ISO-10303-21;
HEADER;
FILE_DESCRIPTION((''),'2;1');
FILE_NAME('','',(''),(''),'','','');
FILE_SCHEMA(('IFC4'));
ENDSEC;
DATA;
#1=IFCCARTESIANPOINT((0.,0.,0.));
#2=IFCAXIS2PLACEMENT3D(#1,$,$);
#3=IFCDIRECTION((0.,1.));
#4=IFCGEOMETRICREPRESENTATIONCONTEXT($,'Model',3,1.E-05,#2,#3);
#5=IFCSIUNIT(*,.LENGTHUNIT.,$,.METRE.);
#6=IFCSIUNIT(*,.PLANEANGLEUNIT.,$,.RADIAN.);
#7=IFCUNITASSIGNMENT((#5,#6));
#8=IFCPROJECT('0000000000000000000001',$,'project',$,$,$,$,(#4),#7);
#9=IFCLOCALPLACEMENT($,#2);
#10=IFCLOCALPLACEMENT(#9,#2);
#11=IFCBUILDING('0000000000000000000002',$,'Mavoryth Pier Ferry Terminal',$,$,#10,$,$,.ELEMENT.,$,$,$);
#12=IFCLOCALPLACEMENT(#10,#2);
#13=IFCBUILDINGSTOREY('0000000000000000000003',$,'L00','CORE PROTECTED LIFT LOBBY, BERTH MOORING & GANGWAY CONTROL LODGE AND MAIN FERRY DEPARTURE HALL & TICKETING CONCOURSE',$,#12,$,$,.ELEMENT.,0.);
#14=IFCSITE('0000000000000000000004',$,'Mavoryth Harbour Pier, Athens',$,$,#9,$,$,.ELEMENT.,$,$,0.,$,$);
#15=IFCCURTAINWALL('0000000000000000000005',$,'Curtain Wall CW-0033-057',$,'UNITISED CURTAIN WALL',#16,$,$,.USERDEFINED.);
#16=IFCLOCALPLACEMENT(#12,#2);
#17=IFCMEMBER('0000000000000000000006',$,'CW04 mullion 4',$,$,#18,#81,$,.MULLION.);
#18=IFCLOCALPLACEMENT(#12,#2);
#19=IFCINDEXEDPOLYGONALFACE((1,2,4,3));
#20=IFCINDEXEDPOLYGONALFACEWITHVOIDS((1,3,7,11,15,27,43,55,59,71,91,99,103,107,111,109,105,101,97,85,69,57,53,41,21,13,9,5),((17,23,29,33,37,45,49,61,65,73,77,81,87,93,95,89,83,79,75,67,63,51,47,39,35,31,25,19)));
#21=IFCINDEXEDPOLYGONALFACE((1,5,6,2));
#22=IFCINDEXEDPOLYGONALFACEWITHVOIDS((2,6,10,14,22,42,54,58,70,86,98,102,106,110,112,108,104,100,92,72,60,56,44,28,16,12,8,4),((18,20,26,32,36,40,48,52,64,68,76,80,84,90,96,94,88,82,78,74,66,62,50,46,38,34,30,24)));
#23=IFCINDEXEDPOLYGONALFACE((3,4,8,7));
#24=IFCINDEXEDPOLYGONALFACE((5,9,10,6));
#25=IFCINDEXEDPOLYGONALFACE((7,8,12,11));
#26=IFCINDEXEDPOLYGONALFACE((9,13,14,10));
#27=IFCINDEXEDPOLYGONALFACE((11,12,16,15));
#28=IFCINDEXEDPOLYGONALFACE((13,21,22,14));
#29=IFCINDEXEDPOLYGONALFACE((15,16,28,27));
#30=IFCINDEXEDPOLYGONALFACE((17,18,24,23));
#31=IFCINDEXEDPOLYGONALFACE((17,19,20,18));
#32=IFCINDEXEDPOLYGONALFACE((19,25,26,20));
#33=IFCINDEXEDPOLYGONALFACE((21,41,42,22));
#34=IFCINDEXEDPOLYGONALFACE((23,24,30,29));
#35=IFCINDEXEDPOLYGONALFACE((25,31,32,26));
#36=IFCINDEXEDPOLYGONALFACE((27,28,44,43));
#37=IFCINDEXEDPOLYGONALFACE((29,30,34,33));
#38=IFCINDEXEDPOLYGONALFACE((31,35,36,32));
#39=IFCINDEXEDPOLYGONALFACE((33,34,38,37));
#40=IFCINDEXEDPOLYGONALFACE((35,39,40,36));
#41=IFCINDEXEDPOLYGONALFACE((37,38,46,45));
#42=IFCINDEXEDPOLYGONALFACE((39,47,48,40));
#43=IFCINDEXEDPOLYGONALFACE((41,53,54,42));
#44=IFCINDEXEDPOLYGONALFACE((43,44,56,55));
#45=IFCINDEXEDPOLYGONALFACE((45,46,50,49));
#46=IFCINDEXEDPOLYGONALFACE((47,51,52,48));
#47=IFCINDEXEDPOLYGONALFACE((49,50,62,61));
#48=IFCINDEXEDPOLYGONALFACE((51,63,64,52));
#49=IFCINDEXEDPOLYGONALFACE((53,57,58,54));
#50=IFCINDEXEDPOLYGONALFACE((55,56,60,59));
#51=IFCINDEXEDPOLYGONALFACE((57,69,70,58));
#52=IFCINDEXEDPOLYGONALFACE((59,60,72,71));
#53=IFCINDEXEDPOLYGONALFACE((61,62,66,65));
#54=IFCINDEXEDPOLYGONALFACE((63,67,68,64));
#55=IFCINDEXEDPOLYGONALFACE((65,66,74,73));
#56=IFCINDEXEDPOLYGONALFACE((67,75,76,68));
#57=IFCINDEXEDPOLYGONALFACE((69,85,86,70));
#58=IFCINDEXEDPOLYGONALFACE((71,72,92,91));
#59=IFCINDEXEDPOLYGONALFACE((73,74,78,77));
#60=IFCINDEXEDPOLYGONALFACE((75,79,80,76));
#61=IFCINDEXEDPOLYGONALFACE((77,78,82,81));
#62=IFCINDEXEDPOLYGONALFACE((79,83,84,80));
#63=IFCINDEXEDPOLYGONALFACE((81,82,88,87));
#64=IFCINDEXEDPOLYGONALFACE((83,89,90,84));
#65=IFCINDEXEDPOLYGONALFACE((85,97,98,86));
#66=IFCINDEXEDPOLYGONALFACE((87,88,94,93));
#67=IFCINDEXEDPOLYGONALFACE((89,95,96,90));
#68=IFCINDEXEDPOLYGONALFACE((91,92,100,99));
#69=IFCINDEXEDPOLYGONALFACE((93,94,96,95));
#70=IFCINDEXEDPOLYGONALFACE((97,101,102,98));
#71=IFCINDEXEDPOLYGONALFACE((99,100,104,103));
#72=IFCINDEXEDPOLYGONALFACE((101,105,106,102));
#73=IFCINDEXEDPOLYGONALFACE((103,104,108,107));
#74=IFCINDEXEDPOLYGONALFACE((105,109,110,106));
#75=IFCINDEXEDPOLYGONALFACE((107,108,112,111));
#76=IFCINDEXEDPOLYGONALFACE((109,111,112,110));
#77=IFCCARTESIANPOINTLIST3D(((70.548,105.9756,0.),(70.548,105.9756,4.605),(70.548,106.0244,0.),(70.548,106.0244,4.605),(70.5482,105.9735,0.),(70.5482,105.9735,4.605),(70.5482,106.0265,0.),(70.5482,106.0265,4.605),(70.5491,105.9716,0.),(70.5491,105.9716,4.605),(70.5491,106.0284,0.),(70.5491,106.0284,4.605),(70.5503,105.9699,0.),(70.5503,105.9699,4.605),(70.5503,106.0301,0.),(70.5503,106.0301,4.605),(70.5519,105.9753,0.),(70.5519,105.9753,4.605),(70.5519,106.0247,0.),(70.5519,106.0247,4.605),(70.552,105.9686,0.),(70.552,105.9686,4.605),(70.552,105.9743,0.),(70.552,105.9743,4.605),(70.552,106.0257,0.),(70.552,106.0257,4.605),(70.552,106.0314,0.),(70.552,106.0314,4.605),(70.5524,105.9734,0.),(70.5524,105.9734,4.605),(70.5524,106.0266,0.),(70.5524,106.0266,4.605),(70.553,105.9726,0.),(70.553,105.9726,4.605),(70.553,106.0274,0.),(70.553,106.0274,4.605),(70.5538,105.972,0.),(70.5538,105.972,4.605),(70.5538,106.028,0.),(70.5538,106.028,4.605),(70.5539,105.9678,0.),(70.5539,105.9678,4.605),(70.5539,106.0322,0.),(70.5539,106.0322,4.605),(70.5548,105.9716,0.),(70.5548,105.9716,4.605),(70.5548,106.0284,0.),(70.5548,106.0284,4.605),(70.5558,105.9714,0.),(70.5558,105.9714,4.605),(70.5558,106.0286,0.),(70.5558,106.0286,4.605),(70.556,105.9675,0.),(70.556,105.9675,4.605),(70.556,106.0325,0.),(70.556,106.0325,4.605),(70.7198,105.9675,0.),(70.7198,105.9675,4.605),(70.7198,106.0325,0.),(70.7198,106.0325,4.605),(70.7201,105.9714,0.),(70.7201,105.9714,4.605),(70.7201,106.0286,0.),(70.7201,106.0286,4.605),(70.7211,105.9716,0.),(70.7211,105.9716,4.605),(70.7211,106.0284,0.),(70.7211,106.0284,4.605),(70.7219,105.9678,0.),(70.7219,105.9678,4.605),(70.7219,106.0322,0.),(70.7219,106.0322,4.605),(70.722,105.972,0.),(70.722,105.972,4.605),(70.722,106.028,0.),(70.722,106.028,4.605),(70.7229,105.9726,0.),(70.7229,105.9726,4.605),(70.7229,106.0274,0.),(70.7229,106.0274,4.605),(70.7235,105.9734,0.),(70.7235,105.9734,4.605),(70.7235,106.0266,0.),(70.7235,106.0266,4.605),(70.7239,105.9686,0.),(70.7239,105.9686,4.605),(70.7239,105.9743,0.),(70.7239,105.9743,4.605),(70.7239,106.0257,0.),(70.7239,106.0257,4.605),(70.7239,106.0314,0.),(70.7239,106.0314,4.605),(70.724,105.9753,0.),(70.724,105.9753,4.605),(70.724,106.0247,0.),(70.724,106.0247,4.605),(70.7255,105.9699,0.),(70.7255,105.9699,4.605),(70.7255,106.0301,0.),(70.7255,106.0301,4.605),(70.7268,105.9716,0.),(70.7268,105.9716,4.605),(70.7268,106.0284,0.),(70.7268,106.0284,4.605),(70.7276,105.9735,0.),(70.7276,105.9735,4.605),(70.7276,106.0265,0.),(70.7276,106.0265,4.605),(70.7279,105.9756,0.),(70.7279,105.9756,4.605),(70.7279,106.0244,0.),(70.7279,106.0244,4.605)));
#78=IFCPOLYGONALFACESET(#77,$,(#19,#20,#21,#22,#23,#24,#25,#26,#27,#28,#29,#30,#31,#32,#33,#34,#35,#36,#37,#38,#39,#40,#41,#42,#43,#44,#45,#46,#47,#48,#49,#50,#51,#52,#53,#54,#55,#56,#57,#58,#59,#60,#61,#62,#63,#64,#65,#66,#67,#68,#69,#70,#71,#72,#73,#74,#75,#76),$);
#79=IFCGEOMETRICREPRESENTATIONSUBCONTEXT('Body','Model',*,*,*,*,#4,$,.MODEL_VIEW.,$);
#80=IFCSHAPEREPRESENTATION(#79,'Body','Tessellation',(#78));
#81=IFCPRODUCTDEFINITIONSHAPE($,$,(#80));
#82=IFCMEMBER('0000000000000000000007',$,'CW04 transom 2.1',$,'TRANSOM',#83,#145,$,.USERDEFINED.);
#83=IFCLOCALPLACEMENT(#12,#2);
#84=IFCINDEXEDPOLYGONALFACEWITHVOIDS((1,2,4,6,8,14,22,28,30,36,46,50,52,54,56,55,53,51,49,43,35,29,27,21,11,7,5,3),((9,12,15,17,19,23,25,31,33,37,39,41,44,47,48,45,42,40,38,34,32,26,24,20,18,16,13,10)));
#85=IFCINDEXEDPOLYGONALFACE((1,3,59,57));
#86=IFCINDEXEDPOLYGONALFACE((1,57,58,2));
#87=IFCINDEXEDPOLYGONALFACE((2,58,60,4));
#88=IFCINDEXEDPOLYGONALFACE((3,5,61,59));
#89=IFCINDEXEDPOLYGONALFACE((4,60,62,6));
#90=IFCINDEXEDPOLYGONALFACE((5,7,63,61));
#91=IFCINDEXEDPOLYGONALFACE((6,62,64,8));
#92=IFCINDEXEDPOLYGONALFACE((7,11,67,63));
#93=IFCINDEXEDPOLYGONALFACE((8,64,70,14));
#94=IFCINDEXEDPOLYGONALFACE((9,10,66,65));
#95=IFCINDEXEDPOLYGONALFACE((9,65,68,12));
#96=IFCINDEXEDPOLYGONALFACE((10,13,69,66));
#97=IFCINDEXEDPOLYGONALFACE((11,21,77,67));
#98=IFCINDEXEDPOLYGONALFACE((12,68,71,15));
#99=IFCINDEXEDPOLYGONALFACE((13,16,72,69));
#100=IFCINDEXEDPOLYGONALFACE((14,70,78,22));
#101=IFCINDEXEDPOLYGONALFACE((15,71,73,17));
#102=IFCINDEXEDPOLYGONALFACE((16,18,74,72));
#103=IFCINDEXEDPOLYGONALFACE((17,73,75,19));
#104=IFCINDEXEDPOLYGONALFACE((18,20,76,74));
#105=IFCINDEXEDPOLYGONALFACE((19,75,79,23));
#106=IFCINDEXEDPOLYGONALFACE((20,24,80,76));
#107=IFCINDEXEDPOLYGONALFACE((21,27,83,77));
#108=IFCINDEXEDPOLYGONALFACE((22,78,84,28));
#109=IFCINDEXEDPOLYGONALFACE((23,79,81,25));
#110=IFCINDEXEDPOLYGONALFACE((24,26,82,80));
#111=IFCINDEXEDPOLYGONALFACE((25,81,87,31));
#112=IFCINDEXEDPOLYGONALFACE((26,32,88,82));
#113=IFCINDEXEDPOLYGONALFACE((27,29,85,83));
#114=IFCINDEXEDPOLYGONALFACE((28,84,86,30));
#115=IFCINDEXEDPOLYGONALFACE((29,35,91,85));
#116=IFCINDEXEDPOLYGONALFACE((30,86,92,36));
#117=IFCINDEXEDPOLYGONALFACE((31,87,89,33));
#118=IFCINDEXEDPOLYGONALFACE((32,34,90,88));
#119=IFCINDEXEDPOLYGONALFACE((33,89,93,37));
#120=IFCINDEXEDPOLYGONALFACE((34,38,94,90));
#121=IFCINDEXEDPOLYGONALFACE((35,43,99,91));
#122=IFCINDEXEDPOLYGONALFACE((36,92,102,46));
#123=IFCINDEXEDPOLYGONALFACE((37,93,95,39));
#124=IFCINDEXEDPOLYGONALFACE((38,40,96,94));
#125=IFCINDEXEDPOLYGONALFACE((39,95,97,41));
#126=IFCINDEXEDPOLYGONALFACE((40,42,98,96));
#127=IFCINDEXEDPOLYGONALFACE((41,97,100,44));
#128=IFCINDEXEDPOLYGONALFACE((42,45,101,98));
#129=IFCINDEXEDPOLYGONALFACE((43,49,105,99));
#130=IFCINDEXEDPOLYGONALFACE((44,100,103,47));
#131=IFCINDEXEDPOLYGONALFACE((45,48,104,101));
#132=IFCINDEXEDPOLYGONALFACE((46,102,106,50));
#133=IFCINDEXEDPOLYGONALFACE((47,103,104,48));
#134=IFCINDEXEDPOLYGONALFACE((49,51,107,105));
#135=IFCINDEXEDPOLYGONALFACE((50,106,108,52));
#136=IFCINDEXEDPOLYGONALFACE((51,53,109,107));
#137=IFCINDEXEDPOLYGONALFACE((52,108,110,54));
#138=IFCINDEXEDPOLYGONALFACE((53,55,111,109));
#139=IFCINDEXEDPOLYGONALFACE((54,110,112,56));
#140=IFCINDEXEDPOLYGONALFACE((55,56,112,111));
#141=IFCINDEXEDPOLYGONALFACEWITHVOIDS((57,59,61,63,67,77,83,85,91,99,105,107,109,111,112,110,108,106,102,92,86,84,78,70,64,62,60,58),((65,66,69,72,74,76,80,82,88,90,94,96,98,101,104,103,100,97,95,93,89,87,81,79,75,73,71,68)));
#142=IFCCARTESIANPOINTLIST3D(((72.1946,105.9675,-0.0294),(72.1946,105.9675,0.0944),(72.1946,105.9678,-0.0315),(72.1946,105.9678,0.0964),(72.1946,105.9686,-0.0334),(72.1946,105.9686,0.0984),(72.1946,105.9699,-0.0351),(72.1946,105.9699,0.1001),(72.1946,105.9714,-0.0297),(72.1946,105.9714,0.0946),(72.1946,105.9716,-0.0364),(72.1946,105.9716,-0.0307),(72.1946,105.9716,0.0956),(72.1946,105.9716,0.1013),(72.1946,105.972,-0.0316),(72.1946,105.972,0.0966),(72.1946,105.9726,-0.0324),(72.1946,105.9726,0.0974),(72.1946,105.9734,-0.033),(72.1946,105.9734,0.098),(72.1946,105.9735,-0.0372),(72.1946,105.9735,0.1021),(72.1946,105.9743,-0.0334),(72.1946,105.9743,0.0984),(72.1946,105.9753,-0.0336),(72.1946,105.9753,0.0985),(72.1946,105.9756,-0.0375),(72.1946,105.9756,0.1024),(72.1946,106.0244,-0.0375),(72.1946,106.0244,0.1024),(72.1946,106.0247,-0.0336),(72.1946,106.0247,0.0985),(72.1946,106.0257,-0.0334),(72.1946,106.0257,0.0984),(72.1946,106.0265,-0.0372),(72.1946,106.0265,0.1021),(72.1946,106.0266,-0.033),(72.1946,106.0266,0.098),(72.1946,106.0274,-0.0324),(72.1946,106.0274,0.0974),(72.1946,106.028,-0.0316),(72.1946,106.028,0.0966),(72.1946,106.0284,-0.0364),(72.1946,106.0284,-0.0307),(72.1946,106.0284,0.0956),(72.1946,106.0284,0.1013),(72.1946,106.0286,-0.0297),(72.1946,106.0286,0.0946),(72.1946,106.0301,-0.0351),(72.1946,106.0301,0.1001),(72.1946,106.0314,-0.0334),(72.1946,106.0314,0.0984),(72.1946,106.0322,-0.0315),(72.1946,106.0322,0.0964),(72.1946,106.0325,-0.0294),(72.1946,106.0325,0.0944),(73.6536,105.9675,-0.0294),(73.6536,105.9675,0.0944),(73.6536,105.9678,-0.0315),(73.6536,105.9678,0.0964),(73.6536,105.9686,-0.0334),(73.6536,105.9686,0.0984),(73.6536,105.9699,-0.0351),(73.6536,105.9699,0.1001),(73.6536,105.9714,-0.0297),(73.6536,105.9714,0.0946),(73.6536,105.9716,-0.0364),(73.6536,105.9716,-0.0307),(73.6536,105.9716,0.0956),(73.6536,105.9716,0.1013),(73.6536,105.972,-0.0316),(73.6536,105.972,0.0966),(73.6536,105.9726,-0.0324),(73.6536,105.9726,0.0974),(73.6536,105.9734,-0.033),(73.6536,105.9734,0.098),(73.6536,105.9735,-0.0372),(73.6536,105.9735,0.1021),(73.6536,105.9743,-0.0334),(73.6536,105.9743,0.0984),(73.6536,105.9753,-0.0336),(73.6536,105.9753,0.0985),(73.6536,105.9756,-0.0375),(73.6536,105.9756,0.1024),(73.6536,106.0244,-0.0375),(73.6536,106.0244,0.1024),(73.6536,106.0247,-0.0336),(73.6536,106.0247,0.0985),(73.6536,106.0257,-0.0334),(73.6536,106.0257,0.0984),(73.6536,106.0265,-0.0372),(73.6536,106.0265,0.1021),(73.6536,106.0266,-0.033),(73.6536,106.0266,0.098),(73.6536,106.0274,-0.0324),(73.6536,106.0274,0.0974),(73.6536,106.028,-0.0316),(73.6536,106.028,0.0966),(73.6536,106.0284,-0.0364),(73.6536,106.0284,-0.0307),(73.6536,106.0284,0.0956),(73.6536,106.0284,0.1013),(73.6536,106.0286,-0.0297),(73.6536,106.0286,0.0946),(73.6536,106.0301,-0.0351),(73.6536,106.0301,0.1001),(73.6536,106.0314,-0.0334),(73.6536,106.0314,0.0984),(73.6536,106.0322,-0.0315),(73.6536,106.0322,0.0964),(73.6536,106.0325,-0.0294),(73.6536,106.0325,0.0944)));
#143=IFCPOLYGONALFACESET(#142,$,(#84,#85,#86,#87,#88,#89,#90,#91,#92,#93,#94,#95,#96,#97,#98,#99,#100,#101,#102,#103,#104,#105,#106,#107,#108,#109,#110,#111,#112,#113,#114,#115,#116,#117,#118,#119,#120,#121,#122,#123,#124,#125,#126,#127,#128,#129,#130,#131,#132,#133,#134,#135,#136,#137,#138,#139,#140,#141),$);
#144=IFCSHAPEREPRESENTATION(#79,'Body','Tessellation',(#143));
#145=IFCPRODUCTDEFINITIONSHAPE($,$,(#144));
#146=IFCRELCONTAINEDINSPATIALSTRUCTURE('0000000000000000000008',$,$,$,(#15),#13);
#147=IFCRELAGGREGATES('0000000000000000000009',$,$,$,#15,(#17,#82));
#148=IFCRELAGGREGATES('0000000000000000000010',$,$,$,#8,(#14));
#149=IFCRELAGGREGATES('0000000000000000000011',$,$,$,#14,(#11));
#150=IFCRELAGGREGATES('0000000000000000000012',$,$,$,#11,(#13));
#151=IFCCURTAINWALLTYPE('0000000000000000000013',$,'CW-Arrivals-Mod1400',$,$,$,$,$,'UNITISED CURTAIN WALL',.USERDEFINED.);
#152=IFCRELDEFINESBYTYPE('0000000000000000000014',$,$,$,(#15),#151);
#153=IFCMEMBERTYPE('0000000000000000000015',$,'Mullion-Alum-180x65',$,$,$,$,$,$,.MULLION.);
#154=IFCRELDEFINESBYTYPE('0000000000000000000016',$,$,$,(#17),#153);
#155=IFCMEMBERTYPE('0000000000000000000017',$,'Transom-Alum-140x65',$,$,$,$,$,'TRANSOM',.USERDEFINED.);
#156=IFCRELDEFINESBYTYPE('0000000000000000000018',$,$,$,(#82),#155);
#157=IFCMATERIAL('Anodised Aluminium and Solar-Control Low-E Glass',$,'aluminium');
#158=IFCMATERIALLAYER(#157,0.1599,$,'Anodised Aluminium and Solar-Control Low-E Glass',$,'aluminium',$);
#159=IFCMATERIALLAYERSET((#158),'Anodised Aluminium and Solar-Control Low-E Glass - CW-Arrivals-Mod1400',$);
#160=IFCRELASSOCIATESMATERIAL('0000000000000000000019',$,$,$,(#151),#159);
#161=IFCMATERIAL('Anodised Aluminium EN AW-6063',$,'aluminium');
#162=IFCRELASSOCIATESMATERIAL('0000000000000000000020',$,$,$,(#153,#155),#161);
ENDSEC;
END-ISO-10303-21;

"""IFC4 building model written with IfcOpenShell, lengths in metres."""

from ifc_helpers import new_model, si_unit, direction, frame, origin, origin_2d, place, context, subcontext, project, spatial, hollow_rectangle, extrude, material, layer, layer_set, material_profile, profile_set, type_object, element, aggregate, save


model = new_model("IFC4")

# Units and contexts
model_context = context("Model", 3, precision=1e-05, world=origin(), true_north=direction((0.0, 1.0)))
body_context = subcontext(model_context, "Body", "Model", "MODEL_VIEW")
ifc_project = project(units=[si_unit("LENGTHUNIT", "METRE"), si_unit("PLANEANGLEUNIT", "RADIAN")], contexts=[model_context])

# Site, building, storey
site_placement = place(None, origin())
site = spatial("IfcSite", under=ifc_project, at=site_placement, Name="Mavoryth Harbour Pier, Athens", CompositionType="ELEMENT", RefElevation=0.0)
building_placement = place(site_placement, origin())
building = spatial("IfcBuilding", under=site, at=building_placement, Name="Mavoryth Pier Ferry Terminal", CompositionType="ELEMENT")
storey_placement = place(building_placement, origin())
storey = spatial("IfcBuildingStorey", under=building, at=storey_placement, Name="L00", Description="CORE PROTECTED LIFT LOBBY, BERTH MOORING & GANGWAY CONTROL LODGE AND MAIN FERRY DEPARTURE HALL & TICKETING CONCOURSE", CompositionType="ELEMENT", Elevation=0.0)

# Curtain wall, members
ifc_material_1 = material(Name="Anodised Aluminium and Solar-Control Low-E Glass", Category="aluminium")
ifc_layer_1 = layer(ifc_material_1, 0.1599, Name="Anodised Aluminium and Solar-Control Low-E Glass", Category="aluminium")
ifc_layer_set_1 = layer_set([ifc_layer_1], Name="Anodised Aluminium and Solar-Control Low-E Glass - CW-Arrivals-Mod1400")
curtain_wall_type = type_object("IfcCurtainWallType", Name="CW-Arrivals-Mod1400", ElementType="UNITISED CURTAIN WALL", PredefinedType="USERDEFINED", material=ifc_layer_set_1)
curtain_wall_placement = place(storey_placement, origin())
curtain_wall = element("IfcCurtainWall", 1, at=curtain_wall_placement, inside=storey, type_object=curtain_wall_type, Name="Curtain Wall CW-0033-057", ObjectType="UNITISED CURTAIN WALL", PredefinedType="USERDEFINED")
ifc_material_2 = material(Name="Anodised Aluminium EN AW-6063", Category="aluminium")
ifc_material_profile_1 = material_profile(ifc_material_2, hollow_rectangle(XDim=0.0649, YDim=0.1799, WallThickness=0.0039, InnerFilletRadius=0.0039, OuterFilletRadius=0.0081, at=origin_2d()), Name="AL-MULL 180x65x4", Category="aluminium")
ifc_profile_set_1 = profile_set([ifc_material_profile_1], Name="Anodised Aluminium EN AW-6063 - AL-MULL 180x65x4")
member_type_1 = type_object("IfcMemberType", Name="Mullion-Alum-180x65", PredefinedType="MULLION", material=ifc_profile_set_1)
member_1_placement = place(storey_placement, frame((70.6379, 106.0, 0.0), z_axis=(0.0, 0.0, 1.0), x_axis=(0.0, -1.0, 0.0)))
member_1 = element("IfcMember", 2, at=member_1_placement, type_object=member_type_1, Name="CW04 mullion 4", PredefinedType="MULLION", context=body_context, shape_type="SweptSolid", body=[
    extrude(hollow_rectangle(XDim=0.0649, YDim=0.1799, WallThickness=0.0039, InnerFilletRadius=0.0039, OuterFilletRadius=0.0081, at=origin_2d()), origin(), (0.0, 0.0, 1.0), 4.605),
])
ifc_material_profile_2 = material_profile(ifc_material_2, hollow_rectangle(XDim=0.0649, YDim=0.1399, WallThickness=0.0039, InnerFilletRadius=0.0039, OuterFilletRadius=0.0081, at=origin_2d()), Name="AL-TRAN 140x65x4", Category="aluminium")
ifc_profile_set_2 = profile_set([ifc_material_profile_2], Name="Anodised Aluminium EN AW-6063 - AL-TRAN 140x65x4")
member_type_2 = type_object("IfcMemberType", Name="Transom-Alum-140x65", ElementType="TRANSOM", PredefinedType="USERDEFINED", material=ifc_profile_set_2)
member_2_placement = place(storey_placement, frame((73.6536, 106.0, 0.0325), z_axis=(-1.0, 0.0, 0.0), x_axis=(0.0, -1.0, 0.0)))
member_2 = element("IfcMember", 3, at=member_2_placement, type_object=member_type_2, Name="CW04 transom 2.1", ObjectType="TRANSOM", PredefinedType="USERDEFINED", context=body_context, shape_type="SweptSolid", body=[
    extrude(hollow_rectangle(XDim=0.0649, YDim=0.1399, WallThickness=0.0039, InnerFilletRadius=0.0039, OuterFilletRadius=0.0081, at=origin_2d()), origin(), (0.0, 0.0, 1.0), 1.459),
])
aggregate(curtain_wall, [member_1, member_2])

save(model, "model.ifc")
